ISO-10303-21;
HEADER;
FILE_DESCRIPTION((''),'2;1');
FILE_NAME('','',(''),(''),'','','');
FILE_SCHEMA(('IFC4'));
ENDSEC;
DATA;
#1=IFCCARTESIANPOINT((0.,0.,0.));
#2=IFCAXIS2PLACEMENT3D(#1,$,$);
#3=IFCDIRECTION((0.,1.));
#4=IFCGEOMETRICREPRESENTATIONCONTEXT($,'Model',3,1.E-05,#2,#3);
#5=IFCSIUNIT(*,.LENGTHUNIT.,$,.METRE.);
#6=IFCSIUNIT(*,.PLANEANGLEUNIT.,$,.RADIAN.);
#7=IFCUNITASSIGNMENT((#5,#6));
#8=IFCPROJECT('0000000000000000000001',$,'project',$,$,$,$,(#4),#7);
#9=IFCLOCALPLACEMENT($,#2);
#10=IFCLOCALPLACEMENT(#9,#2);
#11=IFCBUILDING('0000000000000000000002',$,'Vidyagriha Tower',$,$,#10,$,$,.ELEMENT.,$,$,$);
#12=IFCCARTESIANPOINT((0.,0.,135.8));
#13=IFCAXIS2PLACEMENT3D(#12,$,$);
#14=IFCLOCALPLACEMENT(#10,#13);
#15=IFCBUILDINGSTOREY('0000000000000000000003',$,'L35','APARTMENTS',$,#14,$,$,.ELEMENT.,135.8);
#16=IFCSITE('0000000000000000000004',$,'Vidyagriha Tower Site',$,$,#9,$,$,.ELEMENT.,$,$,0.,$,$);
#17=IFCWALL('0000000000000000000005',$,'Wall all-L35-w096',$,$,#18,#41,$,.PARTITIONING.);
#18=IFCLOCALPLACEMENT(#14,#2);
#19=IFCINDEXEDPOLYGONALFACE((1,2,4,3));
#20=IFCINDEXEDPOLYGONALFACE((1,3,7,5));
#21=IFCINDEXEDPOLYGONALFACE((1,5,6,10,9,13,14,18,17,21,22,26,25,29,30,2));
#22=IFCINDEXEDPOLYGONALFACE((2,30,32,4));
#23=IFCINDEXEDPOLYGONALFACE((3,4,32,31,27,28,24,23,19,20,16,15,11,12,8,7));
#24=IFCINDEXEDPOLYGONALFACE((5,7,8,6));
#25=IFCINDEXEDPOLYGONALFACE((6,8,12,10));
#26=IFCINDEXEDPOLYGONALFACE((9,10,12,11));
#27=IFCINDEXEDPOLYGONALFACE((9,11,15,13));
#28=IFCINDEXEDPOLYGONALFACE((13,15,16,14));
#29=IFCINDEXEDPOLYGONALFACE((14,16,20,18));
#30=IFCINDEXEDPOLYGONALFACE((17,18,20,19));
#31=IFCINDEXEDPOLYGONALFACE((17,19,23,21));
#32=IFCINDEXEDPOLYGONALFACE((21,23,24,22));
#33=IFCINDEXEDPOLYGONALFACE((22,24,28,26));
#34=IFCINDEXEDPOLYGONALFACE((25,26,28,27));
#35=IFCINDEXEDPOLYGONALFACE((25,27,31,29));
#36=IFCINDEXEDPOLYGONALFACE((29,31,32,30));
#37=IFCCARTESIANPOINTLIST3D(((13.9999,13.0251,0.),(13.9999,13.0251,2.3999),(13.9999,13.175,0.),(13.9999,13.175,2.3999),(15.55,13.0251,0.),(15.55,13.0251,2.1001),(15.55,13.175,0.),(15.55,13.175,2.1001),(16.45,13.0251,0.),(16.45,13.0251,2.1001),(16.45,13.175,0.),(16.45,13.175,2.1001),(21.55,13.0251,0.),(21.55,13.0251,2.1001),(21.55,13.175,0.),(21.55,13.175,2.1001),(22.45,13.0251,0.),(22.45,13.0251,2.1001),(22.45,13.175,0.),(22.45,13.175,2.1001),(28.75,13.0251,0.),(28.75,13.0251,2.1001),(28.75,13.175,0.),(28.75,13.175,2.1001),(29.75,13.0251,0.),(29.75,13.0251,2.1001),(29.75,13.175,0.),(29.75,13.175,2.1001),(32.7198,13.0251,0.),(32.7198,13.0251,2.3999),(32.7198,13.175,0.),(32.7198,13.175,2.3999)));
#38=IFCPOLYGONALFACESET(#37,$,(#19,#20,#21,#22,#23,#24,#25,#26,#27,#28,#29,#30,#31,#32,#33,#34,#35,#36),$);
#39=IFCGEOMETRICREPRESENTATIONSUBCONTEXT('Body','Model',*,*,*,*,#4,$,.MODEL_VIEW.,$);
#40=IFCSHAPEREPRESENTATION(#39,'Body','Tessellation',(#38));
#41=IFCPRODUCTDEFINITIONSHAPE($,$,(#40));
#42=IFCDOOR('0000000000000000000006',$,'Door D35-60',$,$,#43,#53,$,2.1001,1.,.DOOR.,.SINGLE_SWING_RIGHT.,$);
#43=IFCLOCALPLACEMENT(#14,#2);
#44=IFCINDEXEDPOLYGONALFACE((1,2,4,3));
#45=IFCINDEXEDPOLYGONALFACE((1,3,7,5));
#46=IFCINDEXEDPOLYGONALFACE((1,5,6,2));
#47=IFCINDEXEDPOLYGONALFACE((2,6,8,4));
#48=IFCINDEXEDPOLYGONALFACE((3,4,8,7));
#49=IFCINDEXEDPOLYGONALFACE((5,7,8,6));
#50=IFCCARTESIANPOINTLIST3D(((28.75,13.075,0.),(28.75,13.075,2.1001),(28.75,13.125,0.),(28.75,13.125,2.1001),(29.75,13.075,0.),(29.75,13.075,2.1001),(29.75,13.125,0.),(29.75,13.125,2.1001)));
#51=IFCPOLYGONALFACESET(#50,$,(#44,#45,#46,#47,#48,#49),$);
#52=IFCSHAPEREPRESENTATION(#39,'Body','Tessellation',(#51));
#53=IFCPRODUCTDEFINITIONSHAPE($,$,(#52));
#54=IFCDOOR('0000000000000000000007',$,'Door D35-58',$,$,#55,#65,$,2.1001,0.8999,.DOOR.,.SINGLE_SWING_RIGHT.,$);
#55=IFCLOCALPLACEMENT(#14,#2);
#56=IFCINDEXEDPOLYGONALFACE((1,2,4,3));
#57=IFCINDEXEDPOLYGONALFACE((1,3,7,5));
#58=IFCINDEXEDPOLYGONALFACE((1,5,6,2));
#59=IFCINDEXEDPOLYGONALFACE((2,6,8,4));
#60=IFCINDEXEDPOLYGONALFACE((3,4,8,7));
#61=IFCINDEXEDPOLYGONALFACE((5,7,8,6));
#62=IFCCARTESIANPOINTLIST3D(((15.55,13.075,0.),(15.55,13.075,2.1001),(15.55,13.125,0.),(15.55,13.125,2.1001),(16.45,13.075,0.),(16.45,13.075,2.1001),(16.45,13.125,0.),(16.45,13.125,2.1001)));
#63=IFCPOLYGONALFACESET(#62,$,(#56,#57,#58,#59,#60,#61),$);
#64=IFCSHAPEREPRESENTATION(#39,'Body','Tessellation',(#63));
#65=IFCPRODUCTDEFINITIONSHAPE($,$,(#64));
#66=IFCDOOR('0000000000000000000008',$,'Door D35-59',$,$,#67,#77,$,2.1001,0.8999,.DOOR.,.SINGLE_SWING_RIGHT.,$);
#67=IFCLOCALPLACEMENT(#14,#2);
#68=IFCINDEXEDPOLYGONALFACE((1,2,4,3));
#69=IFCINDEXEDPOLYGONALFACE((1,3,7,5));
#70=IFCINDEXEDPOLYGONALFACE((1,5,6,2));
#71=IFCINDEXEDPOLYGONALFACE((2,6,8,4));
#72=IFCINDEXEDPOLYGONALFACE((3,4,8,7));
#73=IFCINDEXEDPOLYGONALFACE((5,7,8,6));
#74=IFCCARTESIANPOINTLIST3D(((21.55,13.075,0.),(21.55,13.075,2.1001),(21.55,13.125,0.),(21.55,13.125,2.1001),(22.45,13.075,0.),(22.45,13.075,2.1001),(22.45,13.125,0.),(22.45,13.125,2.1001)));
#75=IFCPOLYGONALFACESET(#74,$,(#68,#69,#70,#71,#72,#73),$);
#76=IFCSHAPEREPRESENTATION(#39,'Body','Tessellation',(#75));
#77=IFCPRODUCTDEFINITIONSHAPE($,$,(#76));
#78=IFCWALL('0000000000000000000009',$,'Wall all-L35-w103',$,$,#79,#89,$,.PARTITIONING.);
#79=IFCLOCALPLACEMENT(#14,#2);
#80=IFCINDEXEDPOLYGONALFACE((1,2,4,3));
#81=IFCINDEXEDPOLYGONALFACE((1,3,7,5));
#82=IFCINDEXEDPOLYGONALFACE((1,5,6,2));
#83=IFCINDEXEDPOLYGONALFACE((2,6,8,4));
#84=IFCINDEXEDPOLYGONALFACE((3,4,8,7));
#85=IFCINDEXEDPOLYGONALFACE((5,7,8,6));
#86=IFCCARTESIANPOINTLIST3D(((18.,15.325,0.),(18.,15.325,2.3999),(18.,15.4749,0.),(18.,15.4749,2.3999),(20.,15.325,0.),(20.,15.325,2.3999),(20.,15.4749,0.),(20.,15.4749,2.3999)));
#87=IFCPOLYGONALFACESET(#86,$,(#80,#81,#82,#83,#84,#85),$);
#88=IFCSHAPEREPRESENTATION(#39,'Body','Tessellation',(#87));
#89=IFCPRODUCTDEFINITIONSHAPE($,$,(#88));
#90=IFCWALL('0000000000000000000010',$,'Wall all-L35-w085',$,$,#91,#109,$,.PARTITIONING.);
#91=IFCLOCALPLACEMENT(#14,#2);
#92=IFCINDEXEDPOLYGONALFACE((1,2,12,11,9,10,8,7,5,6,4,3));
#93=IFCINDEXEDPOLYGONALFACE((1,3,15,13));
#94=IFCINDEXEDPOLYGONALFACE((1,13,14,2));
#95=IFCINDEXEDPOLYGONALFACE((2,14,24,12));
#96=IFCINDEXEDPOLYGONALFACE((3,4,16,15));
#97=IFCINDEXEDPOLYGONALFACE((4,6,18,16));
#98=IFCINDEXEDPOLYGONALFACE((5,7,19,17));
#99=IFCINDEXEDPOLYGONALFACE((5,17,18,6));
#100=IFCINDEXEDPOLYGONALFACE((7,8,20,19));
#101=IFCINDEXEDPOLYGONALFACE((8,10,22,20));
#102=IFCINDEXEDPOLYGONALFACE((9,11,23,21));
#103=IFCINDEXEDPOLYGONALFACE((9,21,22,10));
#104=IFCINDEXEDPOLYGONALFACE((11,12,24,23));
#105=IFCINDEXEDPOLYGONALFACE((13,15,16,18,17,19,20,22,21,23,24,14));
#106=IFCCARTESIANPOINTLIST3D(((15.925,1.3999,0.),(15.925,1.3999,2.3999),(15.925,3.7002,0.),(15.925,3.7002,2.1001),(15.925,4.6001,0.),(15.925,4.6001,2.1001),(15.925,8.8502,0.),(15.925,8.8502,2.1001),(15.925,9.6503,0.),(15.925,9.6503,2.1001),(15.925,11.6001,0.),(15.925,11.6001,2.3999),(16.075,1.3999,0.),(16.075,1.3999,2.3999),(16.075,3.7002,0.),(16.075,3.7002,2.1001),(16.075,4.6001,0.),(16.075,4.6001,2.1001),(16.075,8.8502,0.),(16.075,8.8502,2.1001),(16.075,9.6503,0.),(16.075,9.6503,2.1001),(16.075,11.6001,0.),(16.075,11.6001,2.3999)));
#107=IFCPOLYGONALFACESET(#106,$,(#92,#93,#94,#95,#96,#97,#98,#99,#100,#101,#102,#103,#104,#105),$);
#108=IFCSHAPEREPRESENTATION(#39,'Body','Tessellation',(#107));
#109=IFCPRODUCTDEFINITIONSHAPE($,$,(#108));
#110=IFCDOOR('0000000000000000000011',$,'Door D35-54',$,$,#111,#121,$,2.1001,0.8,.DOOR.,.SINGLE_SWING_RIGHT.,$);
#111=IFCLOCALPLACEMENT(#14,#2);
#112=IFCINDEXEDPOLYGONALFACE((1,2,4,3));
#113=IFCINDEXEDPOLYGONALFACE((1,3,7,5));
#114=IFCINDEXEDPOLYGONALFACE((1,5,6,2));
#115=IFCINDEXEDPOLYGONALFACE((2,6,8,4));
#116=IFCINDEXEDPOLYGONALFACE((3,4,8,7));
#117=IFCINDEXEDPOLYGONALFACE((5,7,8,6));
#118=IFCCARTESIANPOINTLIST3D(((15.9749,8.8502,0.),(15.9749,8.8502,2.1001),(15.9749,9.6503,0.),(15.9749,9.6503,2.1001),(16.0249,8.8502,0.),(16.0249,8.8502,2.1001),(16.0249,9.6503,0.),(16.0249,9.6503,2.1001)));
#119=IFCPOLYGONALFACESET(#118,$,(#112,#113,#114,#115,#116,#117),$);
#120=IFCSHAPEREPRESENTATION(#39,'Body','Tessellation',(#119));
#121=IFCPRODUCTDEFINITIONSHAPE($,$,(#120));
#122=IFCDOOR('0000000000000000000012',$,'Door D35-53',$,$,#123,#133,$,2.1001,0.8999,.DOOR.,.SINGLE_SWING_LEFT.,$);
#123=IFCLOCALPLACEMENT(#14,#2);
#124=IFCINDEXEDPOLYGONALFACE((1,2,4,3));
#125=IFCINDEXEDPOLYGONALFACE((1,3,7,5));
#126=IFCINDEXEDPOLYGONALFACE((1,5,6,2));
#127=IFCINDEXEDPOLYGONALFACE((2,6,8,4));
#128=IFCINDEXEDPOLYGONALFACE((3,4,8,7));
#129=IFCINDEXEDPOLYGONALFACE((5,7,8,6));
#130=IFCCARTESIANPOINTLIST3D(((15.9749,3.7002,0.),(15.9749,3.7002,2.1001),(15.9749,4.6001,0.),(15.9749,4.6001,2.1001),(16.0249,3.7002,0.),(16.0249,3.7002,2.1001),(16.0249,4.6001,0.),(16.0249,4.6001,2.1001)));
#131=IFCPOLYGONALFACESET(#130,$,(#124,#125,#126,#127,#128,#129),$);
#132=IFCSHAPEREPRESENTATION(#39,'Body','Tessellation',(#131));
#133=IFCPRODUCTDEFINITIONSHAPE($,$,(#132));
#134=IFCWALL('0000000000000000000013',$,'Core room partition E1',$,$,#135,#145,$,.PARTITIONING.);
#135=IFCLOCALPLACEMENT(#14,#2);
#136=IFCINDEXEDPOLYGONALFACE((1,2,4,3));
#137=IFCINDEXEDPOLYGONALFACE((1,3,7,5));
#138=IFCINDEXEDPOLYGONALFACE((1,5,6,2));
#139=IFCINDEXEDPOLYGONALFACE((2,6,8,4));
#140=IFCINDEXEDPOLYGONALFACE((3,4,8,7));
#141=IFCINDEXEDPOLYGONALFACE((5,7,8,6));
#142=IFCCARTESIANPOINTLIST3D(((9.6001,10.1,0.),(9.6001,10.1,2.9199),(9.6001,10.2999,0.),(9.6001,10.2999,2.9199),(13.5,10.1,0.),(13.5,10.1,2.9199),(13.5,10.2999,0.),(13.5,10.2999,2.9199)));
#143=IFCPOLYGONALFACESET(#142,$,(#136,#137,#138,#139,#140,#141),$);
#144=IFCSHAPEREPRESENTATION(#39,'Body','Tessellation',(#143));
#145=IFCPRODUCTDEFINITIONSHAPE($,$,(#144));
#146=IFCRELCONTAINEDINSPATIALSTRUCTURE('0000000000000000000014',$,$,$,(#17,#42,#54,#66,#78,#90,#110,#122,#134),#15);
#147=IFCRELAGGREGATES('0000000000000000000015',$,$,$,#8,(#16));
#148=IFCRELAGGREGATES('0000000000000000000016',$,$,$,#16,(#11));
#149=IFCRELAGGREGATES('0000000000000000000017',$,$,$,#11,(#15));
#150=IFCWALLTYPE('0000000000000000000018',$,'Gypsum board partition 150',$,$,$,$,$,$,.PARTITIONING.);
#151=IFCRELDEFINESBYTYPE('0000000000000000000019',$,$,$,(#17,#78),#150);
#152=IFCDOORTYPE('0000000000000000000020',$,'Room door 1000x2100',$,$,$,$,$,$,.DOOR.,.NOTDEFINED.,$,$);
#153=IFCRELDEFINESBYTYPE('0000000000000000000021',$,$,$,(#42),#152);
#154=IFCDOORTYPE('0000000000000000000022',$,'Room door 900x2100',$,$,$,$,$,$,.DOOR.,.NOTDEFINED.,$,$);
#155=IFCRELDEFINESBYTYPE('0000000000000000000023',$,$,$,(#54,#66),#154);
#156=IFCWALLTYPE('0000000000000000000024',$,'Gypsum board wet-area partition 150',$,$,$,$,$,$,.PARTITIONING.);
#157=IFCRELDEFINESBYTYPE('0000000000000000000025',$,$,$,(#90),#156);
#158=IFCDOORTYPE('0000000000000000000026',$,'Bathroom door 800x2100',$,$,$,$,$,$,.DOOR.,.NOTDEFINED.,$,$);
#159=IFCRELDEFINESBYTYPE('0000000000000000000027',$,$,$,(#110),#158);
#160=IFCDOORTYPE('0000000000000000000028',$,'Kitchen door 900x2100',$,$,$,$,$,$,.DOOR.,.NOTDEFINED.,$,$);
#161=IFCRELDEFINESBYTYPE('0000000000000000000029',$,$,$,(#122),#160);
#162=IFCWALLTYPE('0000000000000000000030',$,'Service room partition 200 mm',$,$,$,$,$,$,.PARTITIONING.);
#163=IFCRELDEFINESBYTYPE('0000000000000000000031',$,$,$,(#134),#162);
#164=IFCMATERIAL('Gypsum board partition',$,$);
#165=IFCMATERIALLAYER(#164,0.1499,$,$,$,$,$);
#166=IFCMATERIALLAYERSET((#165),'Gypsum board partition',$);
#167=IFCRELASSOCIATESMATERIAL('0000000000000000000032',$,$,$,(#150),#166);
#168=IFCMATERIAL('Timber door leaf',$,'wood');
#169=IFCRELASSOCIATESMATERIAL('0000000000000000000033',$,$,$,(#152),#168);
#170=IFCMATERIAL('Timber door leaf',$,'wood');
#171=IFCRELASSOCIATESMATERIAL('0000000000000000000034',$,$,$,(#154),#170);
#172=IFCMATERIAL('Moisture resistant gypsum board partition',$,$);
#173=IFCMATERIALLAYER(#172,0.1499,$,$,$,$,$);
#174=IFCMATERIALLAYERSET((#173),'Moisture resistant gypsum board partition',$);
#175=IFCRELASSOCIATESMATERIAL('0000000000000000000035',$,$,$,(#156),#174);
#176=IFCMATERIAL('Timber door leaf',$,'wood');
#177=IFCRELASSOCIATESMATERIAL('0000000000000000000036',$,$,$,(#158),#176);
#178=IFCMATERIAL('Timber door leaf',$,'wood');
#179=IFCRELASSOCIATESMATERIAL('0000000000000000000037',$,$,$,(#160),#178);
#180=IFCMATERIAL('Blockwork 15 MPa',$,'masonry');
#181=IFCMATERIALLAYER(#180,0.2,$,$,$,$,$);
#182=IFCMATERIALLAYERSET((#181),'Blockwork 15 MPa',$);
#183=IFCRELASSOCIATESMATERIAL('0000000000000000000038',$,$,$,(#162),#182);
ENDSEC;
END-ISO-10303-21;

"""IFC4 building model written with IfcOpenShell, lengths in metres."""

from ifc_helpers import new_model, si_unit, direction, frame, frame_2d, origin, place, context, subcontext, project, spatial, rectangle, extrude, material, layer, layer_set, type_object, element, fill, save


model = new_model("IFC4")

# Units and contexts
model_context = context("Model", 3, precision=1e-05, world=origin(), true_north=direction((0.0, 1.0)))
body_context = subcontext(model_context, "Body", "Model", "MODEL_VIEW")
ifc_project = project(units=[si_unit("LENGTHUNIT", "METRE"), si_unit("PLANEANGLEUNIT", "RADIAN")], contexts=[model_context])

# Site, building, storey
site_placement = place(None, origin())
site = spatial("IfcSite", under=ifc_project, at=site_placement, Name="Vidyagriha Tower Site", CompositionType="ELEMENT", RefElevation=0.0)
building_placement = place(site_placement, origin())
building = spatial("IfcBuilding", under=site, at=building_placement, Name="Vidyagriha Tower", CompositionType="ELEMENT")
storey_placement = place(building_placement, frame((0.0, 0.0, 135.8)))
storey = spatial("IfcBuildingStorey", under=building, at=storey_placement, Name="L35", Description="APARTMENTS", CompositionType="ELEMENT", Elevation=135.8)

# Shared definitions
ifc_material_1 = material(Name="Gypsum board partition")
ifc_layer_1 = layer(ifc_material_1, 0.1499)
ifc_layer_set_1 = layer_set([ifc_layer_1], Name="Gypsum board partition")
wall_type_1 = type_object("IfcWallType", Name="Gypsum board partition 150", PredefinedType="PARTITIONING", material=ifc_layer_set_1)

# Wall, openings, doors
wall_1_placement = place(storey_placement, frame((14.0, 13.1001, 0.0)))
wall_1 = element("IfcWall", 1, at=wall_1_placement, inside=storey, type_object=wall_type_1, Name="Wall all-L35-w096", PredefinedType="PARTITIONING", context=body_context, shape_type="SweptSolid", body=[
    extrude(rectangle(XDim=18.72, YDim=0.1499, at=frame_2d((9.3599, 0.0))), origin(), (0.0, 0.0, 1.0), 2.3999),
])
opening_1_placement = place(wall_1_placement, frame((1.55, 0.0, 0.0)))
opening_1 = element("IfcOpeningElement", 2, at=opening_1_placement, cuts=wall_1, PredefinedType="OPENING", context=body_context, shape_type="SweptSolid", body=[
    extrude(rectangle(XDim=0.8999, YDim=2.1001, at=frame_2d((0.45, 1.05))), frame((0.0, 0.085, 0.0), z_axis=(0.0, -1.0, 0.0), x_axis=(1.0, 0.0, 0.0)), (0.0, 0.0, 1.0), 0.1699),
])
opening_2_placement = place(wall_1_placement, frame((7.55, 0.0, 0.0)))
opening_2 = element("IfcOpeningElement", 3, at=opening_2_placement, cuts=wall_1, PredefinedType="OPENING", context=body_context, shape_type="SweptSolid", body=[
    extrude(rectangle(XDim=0.8999, YDim=2.1001, at=frame_2d((0.45, 1.05))), frame((0.0, 0.085, 0.0), z_axis=(0.0, -1.0, 0.0), x_axis=(1.0, 0.0, 0.0)), (0.0, 0.0, 1.0), 0.1699),
])
opening_3_placement = place(wall_1_placement, frame((14.75, 0.0, 0.0)))
opening_3 = element("IfcOpeningElement", 4, at=opening_3_placement, cuts=wall_1, PredefinedType="OPENING", context=body_context, shape_type="SweptSolid", body=[
    extrude(rectangle(XDim=1.0, YDim=2.1001, at=frame_2d((0.5, 1.05))), frame((0.0, 0.085, 0.0), z_axis=(0.0, -1.0, 0.0), x_axis=(1.0, 0.0, 0.0)), (0.0, 0.0, 1.0), 0.1699),
])
ifc_material_2 = material(Name="Timber door leaf", Category="wood")
door_type_1 = type_object("IfcDoorType", Name="Room door 1000x2100", OperationType="NOTDEFINED", PredefinedType="DOOR", material=ifc_material_2)
door_1_placement = place(opening_3_placement, origin())
door_1 = element("IfcDoor", 5, at=door_1_placement, inside=storey, type_object=door_type_1, Name="Door D35-60", OperationType="SINGLE_SWING_RIGHT", OverallHeight=2.1001, OverallWidth=1.0, PredefinedType="DOOR", context=body_context, shape_type="SweptSolid", body=[
    extrude(rectangle(XDim=1.0, YDim=2.1001, at=frame_2d((0.5, 1.05))), frame((0.0, 0.0249, 0.0), z_axis=(0.0, -1.0, 0.0), x_axis=(1.0, 0.0, 0.0)), (0.0, 0.0, 1.0), 0.05),
])
fill(opening_3, door_1)
ifc_material_3 = material(Name="Timber door leaf", Category="wood")
door_type_2 = type_object("IfcDoorType", Name="Room door 900x2100", OperationType="NOTDEFINED", PredefinedType="DOOR", material=ifc_material_3)
door_2_placement = place(opening_1_placement, origin())
door_2 = element("IfcDoor", 6, at=door_2_placement, inside=storey, type_object=door_type_2, Name="Door D35-58", OperationType="SINGLE_SWING_RIGHT", OverallHeight=2.1001, OverallWidth=0.8999, PredefinedType="DOOR", context=body_context, shape_type="SweptSolid", body=[
    extrude(rectangle(XDim=0.8999, YDim=2.1001, at=frame_2d((0.45, 1.05))), frame((0.0, 0.0249, 0.0), z_axis=(0.0, -1.0, 0.0), x_axis=(1.0, 0.0, 0.0)), (0.0, 0.0, 1.0), 0.05),
])
fill(opening_1, door_2)
door_3_placement = place(opening_2_placement, origin())
door_3 = element("IfcDoor", 7, at=door_3_placement, inside=storey, type_object=door_type_2, Name="Door D35-59", OperationType="SINGLE_SWING_RIGHT", OverallHeight=2.1001, OverallWidth=0.8999, PredefinedType="DOOR", context=body_context, shape_type="SweptSolid", body=[
    extrude(rectangle(XDim=0.8999, YDim=2.1001, at=frame_2d((0.45, 1.05))), frame((0.0, 0.0249, 0.0), z_axis=(0.0, -1.0, 0.0), x_axis=(1.0, 0.0, 0.0)), (0.0, 0.0, 1.0), 0.05),
])
fill(opening_2, door_3)

# Wall
wall_2_placement = place(storey_placement, frame((18.0, 15.3999, 0.0)))
element("IfcWall", 8, at=wall_2_placement, inside=storey, type_object=wall_type_1, Name="Wall all-L35-w103", PredefinedType="PARTITIONING", context=body_context, shape_type="SweptSolid", body=[
    extrude(rectangle(XDim=2.0, YDim=0.1499, at=frame_2d((1.0, 0.0))), origin(), (0.0, 0.0, 1.0), 2.3999),
])

# Wall, openings, doors
ifc_material_4 = material(Name="Moisture resistant gypsum board partition")
ifc_layer_2 = layer(ifc_material_4, 0.1499)
ifc_layer_set_2 = layer_set([ifc_layer_2], Name="Moisture resistant gypsum board partition")
wall_type_2 = type_object("IfcWallType", Name="Gypsum board wet-area partition 150", PredefinedType="PARTITIONING", material=ifc_layer_set_2)
wall_3_placement = place(storey_placement, frame((16.0, 11.6001, 0.0), z_axis=(0.0, 0.0, 1.0), x_axis=(0.0, -1.0, 0.0)))
wall_3 = element("IfcWall", 9, at=wall_3_placement, inside=storey, type_object=wall_type_2, Name="Wall all-L35-w085", PredefinedType="PARTITIONING", context=body_context, shape_type="SweptSolid", body=[
    extrude(rectangle(XDim=10.2002, YDim=0.1499, at=frame_2d((5.1001, 0.0))), origin(), (0.0, 0.0, 1.0), 2.3999),
])
opening_4_placement = place(wall_3_placement, frame((7.0, 0.0, 0.0)))
opening_4 = element("IfcOpeningElement", 10, at=opening_4_placement, cuts=wall_3, PredefinedType="OPENING", context=body_context, shape_type="SweptSolid", body=[
    extrude(rectangle(XDim=0.8999, YDim=2.1001, at=frame_2d((0.45, 1.05))), frame((0.0, 0.085, 0.0), z_axis=(0.0, -1.0, 0.0), x_axis=(1.0, 0.0, 0.0)), (0.0, 0.0, 1.0), 0.1699),
])
opening_5_placement = place(wall_3_placement, frame((1.95, 0.0, 0.0)))
opening_5 = element("IfcOpeningElement", 11, at=opening_5_placement, cuts=wall_3, PredefinedType="OPENING", context=body_context, shape_type="SweptSolid", body=[
    extrude(rectangle(XDim=0.8, YDim=2.1001, at=frame_2d((0.3999, 1.05))), frame((0.0, 0.085, 0.0), z_axis=(0.0, -1.0, 0.0), x_axis=(1.0, 0.0, 0.0)), (0.0, 0.0, 1.0), 0.1699),
])
ifc_material_5 = material(Name="Timber door leaf", Category="wood")
door_type_3 = type_object("IfcDoorType", Name="Bathroom door 800x2100", OperationType="NOTDEFINED", PredefinedType="DOOR", material=ifc_material_5)
door_4_placement = place(opening_5_placement, origin())
door_4 = element("IfcDoor", 12, at=door_4_placement, inside=storey, type_object=door_type_3, Name="Door D35-54", OperationType="SINGLE_SWING_RIGHT", OverallHeight=2.1001, OverallWidth=0.8, PredefinedType="DOOR", context=body_context, shape_type="SweptSolid", body=[
    extrude(rectangle(XDim=0.8, YDim=2.1001, at=frame_2d((0.3999, 1.05))), frame((0.0, 0.0249, 0.0), z_axis=(0.0, -1.0, 0.0), x_axis=(1.0, 0.0, 0.0)), (0.0, 0.0, 1.0), 0.05),
])
fill(opening_5, door_4)
ifc_material_6 = material(Name="Timber door leaf", Category="wood")
door_type_4 = type_object("IfcDoorType", Name="Kitchen door 900x2100", OperationType="NOTDEFINED", PredefinedType="DOOR", material=ifc_material_6)
door_5_placement = place(opening_4_placement, origin())
door_5 = element("IfcDoor", 13, at=door_5_placement, inside=storey, type_object=door_type_4, Name="Door D35-53", OperationType="SINGLE_SWING_LEFT", OverallHeight=2.1001, OverallWidth=0.8999, PredefinedType="DOOR", context=body_context, shape_type="SweptSolid", body=[
    extrude(rectangle(XDim=0.8999, YDim=2.1001, at=frame_2d((0.45, 1.05))), frame((0.0, 0.0249, 0.0), z_axis=(0.0, -1.0, 0.0), x_axis=(1.0, 0.0, 0.0)), (0.0, 0.0, 1.0), 0.05),
])
fill(opening_4, door_5)

# Wall
ifc_material_7 = material(Name="Blockwork 15 MPa", Category="masonry")
ifc_layer_3 = layer(ifc_material_7, 0.2)
ifc_layer_set_3 = layer_set([ifc_layer_3], Name="Blockwork 15 MPa")
wall_type_3 = type_object("IfcWallType", Name="Service room partition 200 mm", PredefinedType="PARTITIONING", material=ifc_layer_set_3)
wall_4_placement = place(storey_placement, frame((9.6001, 10.2, 0.0)))
element("IfcWall", 14, at=wall_4_placement, inside=storey, type_object=wall_type_3, Name="Core room partition E1", PredefinedType="PARTITIONING", context=body_context, shape_type="SweptSolid", body=[
    extrude(rectangle(XDim=3.8999, YDim=0.2, at=frame_2d((1.95, 0.0))), origin(), (0.0, 0.0, 1.0), 2.9199),
])

save(model, "model.ifc")
